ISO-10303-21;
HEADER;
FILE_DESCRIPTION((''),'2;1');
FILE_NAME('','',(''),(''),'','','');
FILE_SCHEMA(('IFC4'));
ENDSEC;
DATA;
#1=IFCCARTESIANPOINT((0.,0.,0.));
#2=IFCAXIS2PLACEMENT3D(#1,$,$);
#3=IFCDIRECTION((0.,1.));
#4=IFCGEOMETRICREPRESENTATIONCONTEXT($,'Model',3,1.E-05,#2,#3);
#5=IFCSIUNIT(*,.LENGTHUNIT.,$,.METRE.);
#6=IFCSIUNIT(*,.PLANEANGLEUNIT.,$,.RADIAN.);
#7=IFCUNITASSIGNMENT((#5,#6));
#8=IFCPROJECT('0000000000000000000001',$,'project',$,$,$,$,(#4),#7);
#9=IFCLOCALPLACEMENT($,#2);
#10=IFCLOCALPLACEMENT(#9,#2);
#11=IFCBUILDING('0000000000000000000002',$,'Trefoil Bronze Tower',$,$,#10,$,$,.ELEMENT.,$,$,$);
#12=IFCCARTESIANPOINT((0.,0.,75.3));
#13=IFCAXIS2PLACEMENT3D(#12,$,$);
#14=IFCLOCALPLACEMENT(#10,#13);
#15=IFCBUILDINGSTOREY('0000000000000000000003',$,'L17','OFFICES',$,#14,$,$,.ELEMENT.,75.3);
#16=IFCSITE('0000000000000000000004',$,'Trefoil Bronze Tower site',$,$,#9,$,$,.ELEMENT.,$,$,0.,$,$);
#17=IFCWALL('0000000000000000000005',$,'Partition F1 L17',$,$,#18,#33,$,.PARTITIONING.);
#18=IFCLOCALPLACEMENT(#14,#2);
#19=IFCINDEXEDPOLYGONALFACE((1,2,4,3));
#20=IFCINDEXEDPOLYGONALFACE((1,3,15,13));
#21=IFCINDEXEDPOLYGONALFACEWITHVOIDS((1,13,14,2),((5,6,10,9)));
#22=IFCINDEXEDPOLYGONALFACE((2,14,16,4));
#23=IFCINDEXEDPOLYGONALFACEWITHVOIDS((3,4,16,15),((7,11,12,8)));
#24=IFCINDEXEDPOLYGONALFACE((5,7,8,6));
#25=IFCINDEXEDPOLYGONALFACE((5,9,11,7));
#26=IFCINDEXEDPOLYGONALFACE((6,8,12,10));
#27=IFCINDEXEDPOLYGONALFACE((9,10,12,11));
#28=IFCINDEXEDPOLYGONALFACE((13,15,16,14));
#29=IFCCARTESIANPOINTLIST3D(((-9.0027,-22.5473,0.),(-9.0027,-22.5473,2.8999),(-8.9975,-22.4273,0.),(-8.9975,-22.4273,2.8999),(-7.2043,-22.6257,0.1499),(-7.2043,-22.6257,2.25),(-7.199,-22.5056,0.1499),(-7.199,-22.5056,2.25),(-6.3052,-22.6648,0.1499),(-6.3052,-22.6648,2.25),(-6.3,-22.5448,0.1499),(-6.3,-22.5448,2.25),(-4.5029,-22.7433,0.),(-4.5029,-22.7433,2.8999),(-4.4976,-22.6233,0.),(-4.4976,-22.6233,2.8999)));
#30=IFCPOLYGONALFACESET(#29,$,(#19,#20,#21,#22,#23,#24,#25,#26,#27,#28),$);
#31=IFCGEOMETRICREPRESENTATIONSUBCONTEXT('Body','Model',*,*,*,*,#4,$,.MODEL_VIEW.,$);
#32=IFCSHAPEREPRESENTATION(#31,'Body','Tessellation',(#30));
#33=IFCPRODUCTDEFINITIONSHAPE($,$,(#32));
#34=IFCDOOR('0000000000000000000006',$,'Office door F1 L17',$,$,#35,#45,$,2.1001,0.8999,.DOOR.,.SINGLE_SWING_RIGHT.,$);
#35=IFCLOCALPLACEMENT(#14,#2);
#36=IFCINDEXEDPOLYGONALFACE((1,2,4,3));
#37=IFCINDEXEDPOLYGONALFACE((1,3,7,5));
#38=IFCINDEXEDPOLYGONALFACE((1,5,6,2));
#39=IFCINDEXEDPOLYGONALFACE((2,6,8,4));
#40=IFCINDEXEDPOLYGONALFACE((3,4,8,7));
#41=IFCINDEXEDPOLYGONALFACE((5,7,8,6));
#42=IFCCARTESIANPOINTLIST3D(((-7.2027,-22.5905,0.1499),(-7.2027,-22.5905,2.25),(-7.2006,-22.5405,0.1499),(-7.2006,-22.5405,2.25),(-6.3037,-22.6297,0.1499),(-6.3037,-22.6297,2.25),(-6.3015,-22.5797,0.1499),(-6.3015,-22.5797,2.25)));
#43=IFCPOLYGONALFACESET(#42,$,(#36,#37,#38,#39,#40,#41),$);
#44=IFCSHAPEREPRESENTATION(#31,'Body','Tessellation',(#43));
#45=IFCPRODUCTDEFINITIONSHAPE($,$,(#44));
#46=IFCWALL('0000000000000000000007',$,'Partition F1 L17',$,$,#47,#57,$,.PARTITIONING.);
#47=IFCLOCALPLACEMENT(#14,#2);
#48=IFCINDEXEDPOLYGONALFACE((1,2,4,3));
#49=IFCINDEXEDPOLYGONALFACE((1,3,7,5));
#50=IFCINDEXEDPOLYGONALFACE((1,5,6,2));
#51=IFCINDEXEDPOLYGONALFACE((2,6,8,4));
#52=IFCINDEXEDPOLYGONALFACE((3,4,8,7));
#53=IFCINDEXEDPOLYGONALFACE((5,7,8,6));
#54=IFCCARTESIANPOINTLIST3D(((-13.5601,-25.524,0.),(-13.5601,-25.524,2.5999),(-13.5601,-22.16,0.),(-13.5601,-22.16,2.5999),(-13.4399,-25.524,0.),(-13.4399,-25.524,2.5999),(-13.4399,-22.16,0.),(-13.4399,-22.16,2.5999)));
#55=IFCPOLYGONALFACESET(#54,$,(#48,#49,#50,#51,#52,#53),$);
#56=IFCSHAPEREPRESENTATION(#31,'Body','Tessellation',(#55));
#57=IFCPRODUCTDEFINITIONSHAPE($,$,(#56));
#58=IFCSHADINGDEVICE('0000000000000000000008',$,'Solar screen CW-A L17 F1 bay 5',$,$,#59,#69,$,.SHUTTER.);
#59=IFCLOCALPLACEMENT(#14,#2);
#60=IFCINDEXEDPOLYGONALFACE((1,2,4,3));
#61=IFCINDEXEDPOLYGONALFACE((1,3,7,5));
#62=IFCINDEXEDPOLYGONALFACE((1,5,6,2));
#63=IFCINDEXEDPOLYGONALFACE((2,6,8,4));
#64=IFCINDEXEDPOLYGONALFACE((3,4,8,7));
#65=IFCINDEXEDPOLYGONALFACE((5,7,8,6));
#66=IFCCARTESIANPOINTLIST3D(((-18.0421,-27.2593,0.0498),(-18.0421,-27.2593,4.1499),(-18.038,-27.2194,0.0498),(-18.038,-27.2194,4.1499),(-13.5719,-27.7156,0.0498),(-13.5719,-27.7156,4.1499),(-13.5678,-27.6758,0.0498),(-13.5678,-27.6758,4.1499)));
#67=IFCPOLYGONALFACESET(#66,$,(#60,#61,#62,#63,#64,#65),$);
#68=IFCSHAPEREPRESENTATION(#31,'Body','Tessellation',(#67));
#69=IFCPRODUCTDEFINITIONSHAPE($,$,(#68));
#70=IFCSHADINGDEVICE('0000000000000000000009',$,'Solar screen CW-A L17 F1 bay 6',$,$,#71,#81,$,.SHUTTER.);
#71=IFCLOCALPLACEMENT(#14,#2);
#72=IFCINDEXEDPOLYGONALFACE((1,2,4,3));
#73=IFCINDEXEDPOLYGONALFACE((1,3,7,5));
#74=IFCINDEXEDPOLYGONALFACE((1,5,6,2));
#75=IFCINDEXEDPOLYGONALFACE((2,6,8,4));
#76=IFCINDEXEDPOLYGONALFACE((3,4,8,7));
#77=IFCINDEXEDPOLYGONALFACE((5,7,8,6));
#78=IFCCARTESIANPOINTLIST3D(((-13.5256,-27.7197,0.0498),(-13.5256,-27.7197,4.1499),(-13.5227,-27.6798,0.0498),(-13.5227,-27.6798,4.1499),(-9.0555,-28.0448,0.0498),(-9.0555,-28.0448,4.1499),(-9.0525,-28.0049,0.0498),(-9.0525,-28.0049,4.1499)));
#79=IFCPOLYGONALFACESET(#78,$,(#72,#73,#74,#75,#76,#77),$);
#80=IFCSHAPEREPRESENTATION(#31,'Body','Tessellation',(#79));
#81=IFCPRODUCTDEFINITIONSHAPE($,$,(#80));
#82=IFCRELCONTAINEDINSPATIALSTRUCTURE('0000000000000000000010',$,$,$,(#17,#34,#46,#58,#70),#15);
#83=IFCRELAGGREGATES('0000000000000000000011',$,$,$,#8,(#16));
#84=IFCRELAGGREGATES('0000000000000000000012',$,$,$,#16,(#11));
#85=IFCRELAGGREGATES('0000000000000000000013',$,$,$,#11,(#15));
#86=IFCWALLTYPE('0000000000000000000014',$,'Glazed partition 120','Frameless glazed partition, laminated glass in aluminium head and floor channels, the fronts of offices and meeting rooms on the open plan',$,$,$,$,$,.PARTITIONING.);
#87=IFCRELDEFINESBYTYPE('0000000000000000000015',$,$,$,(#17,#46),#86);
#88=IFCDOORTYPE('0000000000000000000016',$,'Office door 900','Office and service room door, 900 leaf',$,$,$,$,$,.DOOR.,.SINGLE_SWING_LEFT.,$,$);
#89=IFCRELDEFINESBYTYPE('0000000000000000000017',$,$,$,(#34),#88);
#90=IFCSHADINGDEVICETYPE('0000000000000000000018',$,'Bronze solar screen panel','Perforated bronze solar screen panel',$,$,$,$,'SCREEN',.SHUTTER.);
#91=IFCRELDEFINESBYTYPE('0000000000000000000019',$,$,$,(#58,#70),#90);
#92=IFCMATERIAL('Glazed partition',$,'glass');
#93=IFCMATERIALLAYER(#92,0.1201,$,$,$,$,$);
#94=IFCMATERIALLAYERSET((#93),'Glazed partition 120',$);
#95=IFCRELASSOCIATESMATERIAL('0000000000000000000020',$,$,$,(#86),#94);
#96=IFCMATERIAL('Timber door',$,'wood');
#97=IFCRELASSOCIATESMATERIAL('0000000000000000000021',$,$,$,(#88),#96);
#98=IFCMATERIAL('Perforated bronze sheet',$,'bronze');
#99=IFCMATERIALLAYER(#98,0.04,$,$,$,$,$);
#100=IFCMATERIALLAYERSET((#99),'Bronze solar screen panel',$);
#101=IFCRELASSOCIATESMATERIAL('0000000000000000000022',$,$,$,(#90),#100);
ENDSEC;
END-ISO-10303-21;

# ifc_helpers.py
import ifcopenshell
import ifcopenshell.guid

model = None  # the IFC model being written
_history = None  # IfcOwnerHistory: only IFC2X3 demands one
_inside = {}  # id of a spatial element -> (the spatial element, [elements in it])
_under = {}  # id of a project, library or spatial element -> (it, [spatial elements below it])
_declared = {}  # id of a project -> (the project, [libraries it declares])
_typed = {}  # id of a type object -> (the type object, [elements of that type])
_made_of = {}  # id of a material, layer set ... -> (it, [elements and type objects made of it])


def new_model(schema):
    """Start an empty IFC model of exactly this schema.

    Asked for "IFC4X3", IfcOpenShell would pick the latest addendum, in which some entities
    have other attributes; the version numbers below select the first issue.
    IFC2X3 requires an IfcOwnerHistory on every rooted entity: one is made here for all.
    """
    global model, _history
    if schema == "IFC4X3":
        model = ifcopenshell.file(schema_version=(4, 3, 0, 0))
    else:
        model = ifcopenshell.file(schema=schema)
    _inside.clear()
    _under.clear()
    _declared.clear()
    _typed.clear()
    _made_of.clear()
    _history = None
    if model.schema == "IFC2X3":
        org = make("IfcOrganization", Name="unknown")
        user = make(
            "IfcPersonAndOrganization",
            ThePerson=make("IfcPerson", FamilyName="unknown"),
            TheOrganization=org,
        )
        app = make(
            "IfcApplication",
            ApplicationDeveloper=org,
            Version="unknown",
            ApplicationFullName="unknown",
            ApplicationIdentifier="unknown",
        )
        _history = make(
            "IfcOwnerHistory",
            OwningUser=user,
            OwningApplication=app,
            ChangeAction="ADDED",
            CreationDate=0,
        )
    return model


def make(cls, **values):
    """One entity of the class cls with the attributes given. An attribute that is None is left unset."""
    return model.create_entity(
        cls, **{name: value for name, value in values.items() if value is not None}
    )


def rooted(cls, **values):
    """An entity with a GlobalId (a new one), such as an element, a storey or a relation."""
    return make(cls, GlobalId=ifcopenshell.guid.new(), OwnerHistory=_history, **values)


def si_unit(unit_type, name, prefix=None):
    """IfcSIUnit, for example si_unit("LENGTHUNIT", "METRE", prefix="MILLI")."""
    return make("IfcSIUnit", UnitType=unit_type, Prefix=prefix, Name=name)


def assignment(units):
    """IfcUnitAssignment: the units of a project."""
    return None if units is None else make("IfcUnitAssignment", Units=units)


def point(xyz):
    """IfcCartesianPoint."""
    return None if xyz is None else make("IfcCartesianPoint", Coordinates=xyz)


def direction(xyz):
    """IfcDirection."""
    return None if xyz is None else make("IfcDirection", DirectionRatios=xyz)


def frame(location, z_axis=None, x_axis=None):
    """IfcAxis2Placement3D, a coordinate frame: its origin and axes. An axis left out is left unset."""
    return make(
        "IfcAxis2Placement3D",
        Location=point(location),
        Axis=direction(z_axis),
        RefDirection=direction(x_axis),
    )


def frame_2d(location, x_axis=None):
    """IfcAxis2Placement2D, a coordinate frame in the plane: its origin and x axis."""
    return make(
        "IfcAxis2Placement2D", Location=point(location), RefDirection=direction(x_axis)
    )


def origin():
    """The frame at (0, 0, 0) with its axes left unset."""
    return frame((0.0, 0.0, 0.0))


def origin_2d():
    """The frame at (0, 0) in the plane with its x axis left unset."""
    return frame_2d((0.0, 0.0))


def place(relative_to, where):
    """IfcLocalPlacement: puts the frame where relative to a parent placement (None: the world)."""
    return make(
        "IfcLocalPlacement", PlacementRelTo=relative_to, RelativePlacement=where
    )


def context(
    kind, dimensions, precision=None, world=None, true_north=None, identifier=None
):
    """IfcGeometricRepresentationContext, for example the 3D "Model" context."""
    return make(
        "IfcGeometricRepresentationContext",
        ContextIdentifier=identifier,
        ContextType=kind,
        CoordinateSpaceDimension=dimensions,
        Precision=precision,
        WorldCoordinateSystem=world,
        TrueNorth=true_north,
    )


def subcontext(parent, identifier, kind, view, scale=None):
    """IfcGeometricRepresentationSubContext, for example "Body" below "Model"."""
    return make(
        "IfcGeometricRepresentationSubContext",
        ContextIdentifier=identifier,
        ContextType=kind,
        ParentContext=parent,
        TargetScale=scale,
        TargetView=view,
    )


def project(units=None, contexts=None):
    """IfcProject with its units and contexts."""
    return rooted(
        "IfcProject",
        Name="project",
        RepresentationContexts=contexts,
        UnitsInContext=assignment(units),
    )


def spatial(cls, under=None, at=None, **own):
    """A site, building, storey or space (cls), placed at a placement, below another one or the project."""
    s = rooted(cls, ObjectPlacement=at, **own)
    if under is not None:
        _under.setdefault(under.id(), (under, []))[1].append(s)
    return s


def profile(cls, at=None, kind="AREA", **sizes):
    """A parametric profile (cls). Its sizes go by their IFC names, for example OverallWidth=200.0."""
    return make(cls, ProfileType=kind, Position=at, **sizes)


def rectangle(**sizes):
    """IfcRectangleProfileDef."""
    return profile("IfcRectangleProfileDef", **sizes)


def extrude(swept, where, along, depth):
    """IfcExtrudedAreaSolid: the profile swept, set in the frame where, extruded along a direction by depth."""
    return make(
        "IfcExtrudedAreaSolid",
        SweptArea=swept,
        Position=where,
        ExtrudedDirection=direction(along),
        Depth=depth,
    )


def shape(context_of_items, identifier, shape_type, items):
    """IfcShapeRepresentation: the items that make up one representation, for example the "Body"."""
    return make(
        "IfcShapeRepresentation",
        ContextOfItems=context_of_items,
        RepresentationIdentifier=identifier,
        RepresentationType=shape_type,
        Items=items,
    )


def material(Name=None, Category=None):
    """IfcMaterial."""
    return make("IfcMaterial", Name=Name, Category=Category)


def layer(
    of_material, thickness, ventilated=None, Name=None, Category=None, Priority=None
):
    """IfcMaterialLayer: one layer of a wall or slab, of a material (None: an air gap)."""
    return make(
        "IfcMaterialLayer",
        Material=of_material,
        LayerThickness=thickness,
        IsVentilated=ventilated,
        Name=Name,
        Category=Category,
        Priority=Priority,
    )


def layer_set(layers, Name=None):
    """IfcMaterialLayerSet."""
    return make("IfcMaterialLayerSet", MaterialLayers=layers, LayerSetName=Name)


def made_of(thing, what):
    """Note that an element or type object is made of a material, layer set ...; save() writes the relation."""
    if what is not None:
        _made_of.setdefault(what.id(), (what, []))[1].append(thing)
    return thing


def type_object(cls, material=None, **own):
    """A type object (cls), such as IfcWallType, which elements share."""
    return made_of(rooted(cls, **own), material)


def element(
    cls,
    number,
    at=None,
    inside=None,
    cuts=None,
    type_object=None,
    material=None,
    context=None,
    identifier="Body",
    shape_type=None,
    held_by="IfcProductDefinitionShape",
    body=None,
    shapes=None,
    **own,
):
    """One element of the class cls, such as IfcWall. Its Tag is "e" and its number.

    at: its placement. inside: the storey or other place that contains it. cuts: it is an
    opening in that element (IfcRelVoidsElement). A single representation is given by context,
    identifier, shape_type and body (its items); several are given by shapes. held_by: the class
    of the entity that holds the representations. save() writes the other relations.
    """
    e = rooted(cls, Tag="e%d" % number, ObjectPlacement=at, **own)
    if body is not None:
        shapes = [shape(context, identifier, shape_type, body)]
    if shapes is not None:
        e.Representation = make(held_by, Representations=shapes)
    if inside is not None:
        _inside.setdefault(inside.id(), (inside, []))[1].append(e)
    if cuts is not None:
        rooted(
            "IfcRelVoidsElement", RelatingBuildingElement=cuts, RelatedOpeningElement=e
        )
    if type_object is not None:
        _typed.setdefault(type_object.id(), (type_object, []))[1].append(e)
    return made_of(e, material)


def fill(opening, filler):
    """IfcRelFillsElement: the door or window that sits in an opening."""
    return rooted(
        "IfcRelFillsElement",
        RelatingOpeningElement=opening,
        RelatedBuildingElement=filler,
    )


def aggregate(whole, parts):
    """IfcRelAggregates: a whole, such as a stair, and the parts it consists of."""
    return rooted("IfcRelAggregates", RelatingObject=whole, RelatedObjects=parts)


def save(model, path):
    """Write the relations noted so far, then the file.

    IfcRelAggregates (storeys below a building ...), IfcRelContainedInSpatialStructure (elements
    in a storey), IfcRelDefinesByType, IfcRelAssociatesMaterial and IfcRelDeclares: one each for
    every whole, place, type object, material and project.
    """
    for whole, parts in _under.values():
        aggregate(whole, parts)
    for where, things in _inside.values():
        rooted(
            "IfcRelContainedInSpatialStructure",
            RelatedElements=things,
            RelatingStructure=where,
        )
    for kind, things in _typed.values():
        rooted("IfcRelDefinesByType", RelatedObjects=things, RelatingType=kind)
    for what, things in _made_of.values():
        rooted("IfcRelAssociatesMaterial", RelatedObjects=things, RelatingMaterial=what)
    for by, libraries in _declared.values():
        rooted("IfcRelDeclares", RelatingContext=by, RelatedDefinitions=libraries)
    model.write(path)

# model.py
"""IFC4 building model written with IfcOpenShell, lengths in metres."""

from ifc_helpers import new_model, si_unit, direction, frame, frame_2d, origin, origin_2d, place, context, subcontext, project, spatial, rectangle, extrude, material, layer, layer_set, type_object, element, fill, save


model = new_model("IFC4")

# Units and contexts
model_context = context("Model", 3, precision=1e-05, world=origin(), true_north=direction((0.0, 1.0)))
body_context = subcontext(model_context, "Body", "Model", "MODEL_VIEW")
ifc_project = project(units=[si_unit("LENGTHUNIT", "METRE"), si_unit("PLANEANGLEUNIT", "RADIAN")], contexts=[model_context])

# Site, building, storey
site_placement = place(None, origin())
site = spatial("IfcSite", under=ifc_project, at=site_placement, Name="Trefoil Bronze Tower site", CompositionType="ELEMENT", RefElevation=0.0)
building_placement = place(site_placement, origin())
building = spatial("IfcBuilding", under=site, at=building_placement, Name="Trefoil Bronze Tower", CompositionType="ELEMENT")
storey_placement = place(building_placement, frame((0.0, 0.0, 75.3)))
storey = spatial("IfcBuildingStorey", under=building, at=storey_placement, Name="L17", Description="OFFICES", CompositionType="ELEMENT", Elevation=75.3)

# Wall, opening, door
ifc_material_1 = material(Name="Glazed partition", Category="glass")
ifc_layer_1 = layer(ifc_material_1, 0.1201)
ifc_layer_set_1 = layer_set([ifc_layer_1], Name="Glazed partition 120")
wall_type = type_object("IfcWallType", Name="Glazed partition 120", Description="Frameless glazed partition, laminated glass in aluminium head and floor channels, the fronts of offices and meeting rooms on the open plan", PredefinedType="PARTITIONING", material=ifc_layer_set_1)
ifc_material_2 = material(Name="Timber door", Category="wood")
door_type = type_object("IfcDoorType", Name="Office door 900", Description="Office and service room door, 900 leaf", OperationType="SINGLE_SWING_LEFT", PredefinedType="DOOR", material=ifc_material_2)
wall_1_placement = place(storey_placement, frame((-9.0, -22.4873, 0.0), z_axis=(0.0, 0.0, 1.0), x_axis=(0.999052, -0.043524, 0.0)))
wall_1 = element("IfcWall", 1, at=wall_1_placement, inside=storey, type_object=wall_type, Name="Partition F1 L17", PredefinedType="PARTITIONING", context=body_context, shape_type="SweptSolid", body=[
    extrude(rectangle(XDim=4.5042, YDim=0.1201, at=frame_2d((2.252, 0.0))), origin(), (0.0, 0.0, 1.0), 2.8999),
])
opening_1_placement = place(wall_1_placement, frame((1.8, 0.0, 0.1499)))
opening_1 = element("IfcOpeningElement", 2, at=opening_1_placement, cuts=wall_1, PredefinedType="OPENING", context=body_context, shape_type="SweptSolid", body=[
    extrude(rectangle(XDim=0.8999, YDim=2.1001, at=frame_2d((0.45, 1.05))), frame((0.0, 0.0701, 0.0), z_axis=(0.0, -1.0, 0.0), x_axis=(1.0, 0.0, 0.0)), (0.0, 0.0, 1.0), 0.1401),
])
door_1_placement = place(opening_1_placement, frame((0.8999, 0.0, 0.0), z_axis=(0.0, 0.0, 1.0), x_axis=(-1.0, 0.0, 0.0)))
door_1 = element("IfcDoor", 3, at=door_1_placement, inside=storey, type_object=door_type, Name="Office door F1 L17", OperationType="SINGLE_SWING_RIGHT", OverallHeight=2.1001, OverallWidth=0.8999, PredefinedType="DOOR", context=body_context, shape_type="SweptSolid", body=[
    extrude(rectangle(XDim=0.8999, YDim=2.1001, at=frame_2d((0.45, 1.05))), frame((0.0, 0.0249, 0.0), z_axis=(0.0, -1.0, 0.0), x_axis=(1.0, 0.0, 0.0)), (0.0, 0.0, 1.0), 0.05),
])
fill(opening_1, door_1)

# Wall
wall_2_placement = place(storey_placement, frame((-13.5, -22.1599, 0.0), z_axis=(0.0, 0.0, 1.0), x_axis=(0.0, -1.0, 0.0)))
element("IfcWall", 4, at=wall_2_placement, inside=storey, type_object=wall_type, Name="Partition F1 L17", PredefinedType="PARTITIONING", context=body_context, shape_type="SweptSolid", body=[
    extrude(rectangle(XDim=3.364, YDim=0.1201, at=frame_2d((1.6821, 0.0))), origin(), (0.0, 0.0, 1.0), 2.5999),
])

# Shading devices
ifc_material_3 = material(Name="Perforated bronze sheet", Category="bronze")
ifc_layer_2 = layer(ifc_material_3, 0.04)
ifc_layer_set_2 = layer_set([ifc_layer_2], Name="Bronze solar screen panel")
shading_device_type = type_object("IfcShadingDeviceType", Name="Bronze solar screen panel", Description="Perforated bronze solar screen panel", ElementType="SCREEN", PredefinedType="SHUTTER", material=ifc_layer_set_2)
shading_device_1_placement = place(storey_placement, frame((-15.8049, -27.4675, 0.0498), z_axis=(0.0, 0.0, 1.0), x_axis=(0.994829, -0.101565, 0.0)))
element("IfcShadingDevice", 5, at=shading_device_1_placement, inside=storey, type_object=shading_device_type, Name="Solar screen CW-A L17 F1 bay 5", PredefinedType="SHUTTER", context=body_context, shape_type="SweptSolid", body=[
    extrude(rectangle(XDim=4.4934, YDim=0.04, at=origin_2d()), origin(), (0.0, 0.0, 1.0), 4.1001),
])
shading_device_2_placement = place(storey_placement, frame((-11.2891, -27.8623, 0.0498), z_axis=(0.0, 0.0, 1.0), x_axis=(0.997365, -0.072547, 0.0)))
element("IfcShadingDevice", 6, at=shading_device_2_placement, inside=storey, type_object=shading_device_type, Name="Solar screen CW-A L17 F1 bay 6", PredefinedType="SHUTTER", context=body_context, shape_type="SweptSolid", body=[
    extrude(rectangle(XDim=4.4819, YDim=0.04, at=origin_2d()), origin(), (0.0, 0.0, 1.0), 4.1001),
])

save(model, "model.ifc")
